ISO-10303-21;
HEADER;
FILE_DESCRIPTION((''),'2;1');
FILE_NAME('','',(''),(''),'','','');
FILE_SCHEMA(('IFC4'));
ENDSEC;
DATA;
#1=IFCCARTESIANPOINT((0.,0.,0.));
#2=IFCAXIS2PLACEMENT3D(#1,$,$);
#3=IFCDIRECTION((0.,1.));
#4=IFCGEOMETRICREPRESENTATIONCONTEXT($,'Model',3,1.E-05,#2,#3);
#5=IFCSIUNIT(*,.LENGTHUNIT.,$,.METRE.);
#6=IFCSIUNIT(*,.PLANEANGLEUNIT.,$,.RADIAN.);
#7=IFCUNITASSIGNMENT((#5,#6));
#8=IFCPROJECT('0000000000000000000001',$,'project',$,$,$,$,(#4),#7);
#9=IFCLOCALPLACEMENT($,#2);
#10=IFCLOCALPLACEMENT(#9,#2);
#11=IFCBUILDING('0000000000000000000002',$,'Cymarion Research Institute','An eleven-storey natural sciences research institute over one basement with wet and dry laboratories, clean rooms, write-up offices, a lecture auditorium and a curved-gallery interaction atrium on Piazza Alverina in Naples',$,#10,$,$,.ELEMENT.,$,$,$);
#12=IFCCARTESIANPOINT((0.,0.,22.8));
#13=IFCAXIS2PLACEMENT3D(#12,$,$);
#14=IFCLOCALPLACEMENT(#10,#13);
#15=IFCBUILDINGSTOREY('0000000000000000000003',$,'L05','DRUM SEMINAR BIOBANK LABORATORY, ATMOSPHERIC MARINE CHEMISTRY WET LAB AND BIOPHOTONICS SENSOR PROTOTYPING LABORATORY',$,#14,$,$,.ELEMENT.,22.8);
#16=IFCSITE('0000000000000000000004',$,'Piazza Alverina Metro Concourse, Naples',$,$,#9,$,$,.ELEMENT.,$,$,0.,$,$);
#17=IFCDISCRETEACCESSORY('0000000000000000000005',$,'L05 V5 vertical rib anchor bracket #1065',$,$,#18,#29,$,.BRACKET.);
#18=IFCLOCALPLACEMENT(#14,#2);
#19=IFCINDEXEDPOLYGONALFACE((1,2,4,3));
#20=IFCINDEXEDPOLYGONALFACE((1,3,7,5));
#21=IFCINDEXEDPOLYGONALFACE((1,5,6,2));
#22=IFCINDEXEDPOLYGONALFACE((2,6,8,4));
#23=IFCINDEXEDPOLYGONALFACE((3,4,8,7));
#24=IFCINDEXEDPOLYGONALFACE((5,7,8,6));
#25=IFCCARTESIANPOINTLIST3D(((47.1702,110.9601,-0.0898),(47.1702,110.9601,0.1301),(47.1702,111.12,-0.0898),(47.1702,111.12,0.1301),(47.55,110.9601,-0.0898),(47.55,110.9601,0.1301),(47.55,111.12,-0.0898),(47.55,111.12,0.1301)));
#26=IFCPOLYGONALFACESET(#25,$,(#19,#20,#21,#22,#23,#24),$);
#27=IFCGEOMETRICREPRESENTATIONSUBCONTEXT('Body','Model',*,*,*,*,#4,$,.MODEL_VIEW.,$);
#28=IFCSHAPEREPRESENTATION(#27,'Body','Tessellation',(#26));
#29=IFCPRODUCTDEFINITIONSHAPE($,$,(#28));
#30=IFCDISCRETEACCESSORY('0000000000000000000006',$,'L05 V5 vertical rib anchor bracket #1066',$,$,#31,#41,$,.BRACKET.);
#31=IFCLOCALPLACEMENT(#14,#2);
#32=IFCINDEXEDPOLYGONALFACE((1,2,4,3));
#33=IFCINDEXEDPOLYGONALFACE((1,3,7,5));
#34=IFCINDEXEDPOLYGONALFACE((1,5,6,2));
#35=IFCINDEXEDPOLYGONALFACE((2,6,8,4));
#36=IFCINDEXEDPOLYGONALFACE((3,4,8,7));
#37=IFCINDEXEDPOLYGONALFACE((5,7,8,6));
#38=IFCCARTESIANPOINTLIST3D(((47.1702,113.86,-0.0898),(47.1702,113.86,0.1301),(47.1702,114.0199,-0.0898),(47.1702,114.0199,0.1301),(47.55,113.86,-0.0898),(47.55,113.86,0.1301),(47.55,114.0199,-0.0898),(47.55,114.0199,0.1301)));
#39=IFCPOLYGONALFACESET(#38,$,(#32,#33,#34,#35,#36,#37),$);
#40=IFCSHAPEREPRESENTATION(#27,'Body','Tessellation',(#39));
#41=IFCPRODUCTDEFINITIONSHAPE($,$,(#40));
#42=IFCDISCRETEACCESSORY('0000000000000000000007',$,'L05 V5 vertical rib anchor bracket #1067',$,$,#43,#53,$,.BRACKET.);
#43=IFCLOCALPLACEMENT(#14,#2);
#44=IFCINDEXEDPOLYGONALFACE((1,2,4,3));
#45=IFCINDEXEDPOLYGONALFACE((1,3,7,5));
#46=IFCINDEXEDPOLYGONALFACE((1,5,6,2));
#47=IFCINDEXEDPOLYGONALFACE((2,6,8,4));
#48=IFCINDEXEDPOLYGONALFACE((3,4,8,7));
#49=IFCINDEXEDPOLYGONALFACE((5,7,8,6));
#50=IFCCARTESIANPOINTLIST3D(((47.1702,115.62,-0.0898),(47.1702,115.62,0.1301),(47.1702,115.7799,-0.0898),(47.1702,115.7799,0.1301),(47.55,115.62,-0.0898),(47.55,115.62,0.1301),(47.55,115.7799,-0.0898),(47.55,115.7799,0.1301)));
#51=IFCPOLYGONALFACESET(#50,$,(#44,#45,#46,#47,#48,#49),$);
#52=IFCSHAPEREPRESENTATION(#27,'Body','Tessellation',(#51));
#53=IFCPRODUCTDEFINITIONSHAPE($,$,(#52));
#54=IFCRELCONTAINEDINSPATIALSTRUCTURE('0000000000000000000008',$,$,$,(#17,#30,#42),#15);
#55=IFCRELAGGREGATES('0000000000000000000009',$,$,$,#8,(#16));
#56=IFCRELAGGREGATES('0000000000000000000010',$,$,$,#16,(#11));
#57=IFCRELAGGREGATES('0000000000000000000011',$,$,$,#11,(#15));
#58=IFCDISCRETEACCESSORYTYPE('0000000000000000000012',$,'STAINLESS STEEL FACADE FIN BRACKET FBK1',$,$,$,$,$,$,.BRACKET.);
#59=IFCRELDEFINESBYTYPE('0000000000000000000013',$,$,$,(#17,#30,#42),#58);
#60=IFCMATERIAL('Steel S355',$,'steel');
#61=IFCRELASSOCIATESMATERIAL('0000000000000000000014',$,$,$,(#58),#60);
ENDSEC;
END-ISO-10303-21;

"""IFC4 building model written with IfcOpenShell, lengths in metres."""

from ifc_helpers import new_model, si_unit, direction, frame, origin, origin_2d, place, context, subcontext, project, spatial, rectangle, extrude, material, type_object, element, save


model = new_model("IFC4")

# Units and contexts
model_context = context("Model", 3, precision=1e-05, world=origin(), true_north=direction((0.0, 1.0)))
body_context = subcontext(model_context, "Body", "Model", "MODEL_VIEW")
ifc_project = project(units=[si_unit("LENGTHUNIT", "METRE"), si_unit("PLANEANGLEUNIT", "RADIAN")], contexts=[model_context])

# Site, building, storey
site_placement = place(None, origin())
site = spatial("IfcSite", under=ifc_project, at=site_placement, Name="Piazza Alverina Metro Concourse, Naples", CompositionType="ELEMENT", RefElevation=0.0)
building_placement = place(site_placement, origin())
building = spatial("IfcBuilding", under=site, at=building_placement, Name="Cymarion Research Institute", Description="An eleven-storey natural sciences research institute over one basement with wet and dry laboratories, clean rooms, write-up offices, a lecture auditorium and a curved-gallery interaction atrium on Piazza Alverina in Naples", CompositionType="ELEMENT")
storey_placement = place(building_placement, frame((0.0, 0.0, 22.8)))
storey = spatial("IfcBuildingStorey", under=building, at=storey_placement, Name="L05", Description="DRUM SEMINAR BIOBANK LABORATORY, ATMOSPHERIC MARINE CHEMISTRY WET LAB AND BIOPHOTONICS SENSOR PROTOTYPING LABORATORY", CompositionType="ELEMENT", Elevation=22.8)

# Discrete accessories
ifc_material_1 = material(Name="Steel S355", Category="steel")
discrete_accessory_type = type_object("IfcDiscreteAccessoryType", Name="STAINLESS STEEL FACADE FIN BRACKET FBK1", PredefinedType="BRACKET", material=ifc_material_1)
for number, where, z_axis, x_axis, name in (
    (1, (47.3601, 111.04, -0.0898), (0.0, 0.0, 1.0), (1.0, 0.0, 0.0), "L05 V5 vertical rib anchor bracket #1065"),
    (2, (47.3601, 113.9399, -0.0898), (0.0, 0.0, 1.0), (1.0, 0.0, 0.0), "L05 V5 vertical rib anchor bracket #1066"),
    (3, (47.3601, 115.7, -0.0898), (0.0, 0.0, 1.0), (1.0, 0.0, 0.0), "L05 V5 vertical rib anchor bracket #1067"),
):
    element("IfcDiscreteAccessory", number, at=place(storey_placement, frame(where, z_axis=z_axis, x_axis=x_axis)), inside=storey, type_object=discrete_accessory_type, Name=name, PredefinedType="BRACKET", context=body_context, shape_type="SweptSolid", body=[
        extrude(rectangle(XDim=0.3799, YDim=0.1599, at=origin_2d()), origin(), (0.0, 0.0, 1.0), 0.22),
    ])

save(model, "model.ifc")
